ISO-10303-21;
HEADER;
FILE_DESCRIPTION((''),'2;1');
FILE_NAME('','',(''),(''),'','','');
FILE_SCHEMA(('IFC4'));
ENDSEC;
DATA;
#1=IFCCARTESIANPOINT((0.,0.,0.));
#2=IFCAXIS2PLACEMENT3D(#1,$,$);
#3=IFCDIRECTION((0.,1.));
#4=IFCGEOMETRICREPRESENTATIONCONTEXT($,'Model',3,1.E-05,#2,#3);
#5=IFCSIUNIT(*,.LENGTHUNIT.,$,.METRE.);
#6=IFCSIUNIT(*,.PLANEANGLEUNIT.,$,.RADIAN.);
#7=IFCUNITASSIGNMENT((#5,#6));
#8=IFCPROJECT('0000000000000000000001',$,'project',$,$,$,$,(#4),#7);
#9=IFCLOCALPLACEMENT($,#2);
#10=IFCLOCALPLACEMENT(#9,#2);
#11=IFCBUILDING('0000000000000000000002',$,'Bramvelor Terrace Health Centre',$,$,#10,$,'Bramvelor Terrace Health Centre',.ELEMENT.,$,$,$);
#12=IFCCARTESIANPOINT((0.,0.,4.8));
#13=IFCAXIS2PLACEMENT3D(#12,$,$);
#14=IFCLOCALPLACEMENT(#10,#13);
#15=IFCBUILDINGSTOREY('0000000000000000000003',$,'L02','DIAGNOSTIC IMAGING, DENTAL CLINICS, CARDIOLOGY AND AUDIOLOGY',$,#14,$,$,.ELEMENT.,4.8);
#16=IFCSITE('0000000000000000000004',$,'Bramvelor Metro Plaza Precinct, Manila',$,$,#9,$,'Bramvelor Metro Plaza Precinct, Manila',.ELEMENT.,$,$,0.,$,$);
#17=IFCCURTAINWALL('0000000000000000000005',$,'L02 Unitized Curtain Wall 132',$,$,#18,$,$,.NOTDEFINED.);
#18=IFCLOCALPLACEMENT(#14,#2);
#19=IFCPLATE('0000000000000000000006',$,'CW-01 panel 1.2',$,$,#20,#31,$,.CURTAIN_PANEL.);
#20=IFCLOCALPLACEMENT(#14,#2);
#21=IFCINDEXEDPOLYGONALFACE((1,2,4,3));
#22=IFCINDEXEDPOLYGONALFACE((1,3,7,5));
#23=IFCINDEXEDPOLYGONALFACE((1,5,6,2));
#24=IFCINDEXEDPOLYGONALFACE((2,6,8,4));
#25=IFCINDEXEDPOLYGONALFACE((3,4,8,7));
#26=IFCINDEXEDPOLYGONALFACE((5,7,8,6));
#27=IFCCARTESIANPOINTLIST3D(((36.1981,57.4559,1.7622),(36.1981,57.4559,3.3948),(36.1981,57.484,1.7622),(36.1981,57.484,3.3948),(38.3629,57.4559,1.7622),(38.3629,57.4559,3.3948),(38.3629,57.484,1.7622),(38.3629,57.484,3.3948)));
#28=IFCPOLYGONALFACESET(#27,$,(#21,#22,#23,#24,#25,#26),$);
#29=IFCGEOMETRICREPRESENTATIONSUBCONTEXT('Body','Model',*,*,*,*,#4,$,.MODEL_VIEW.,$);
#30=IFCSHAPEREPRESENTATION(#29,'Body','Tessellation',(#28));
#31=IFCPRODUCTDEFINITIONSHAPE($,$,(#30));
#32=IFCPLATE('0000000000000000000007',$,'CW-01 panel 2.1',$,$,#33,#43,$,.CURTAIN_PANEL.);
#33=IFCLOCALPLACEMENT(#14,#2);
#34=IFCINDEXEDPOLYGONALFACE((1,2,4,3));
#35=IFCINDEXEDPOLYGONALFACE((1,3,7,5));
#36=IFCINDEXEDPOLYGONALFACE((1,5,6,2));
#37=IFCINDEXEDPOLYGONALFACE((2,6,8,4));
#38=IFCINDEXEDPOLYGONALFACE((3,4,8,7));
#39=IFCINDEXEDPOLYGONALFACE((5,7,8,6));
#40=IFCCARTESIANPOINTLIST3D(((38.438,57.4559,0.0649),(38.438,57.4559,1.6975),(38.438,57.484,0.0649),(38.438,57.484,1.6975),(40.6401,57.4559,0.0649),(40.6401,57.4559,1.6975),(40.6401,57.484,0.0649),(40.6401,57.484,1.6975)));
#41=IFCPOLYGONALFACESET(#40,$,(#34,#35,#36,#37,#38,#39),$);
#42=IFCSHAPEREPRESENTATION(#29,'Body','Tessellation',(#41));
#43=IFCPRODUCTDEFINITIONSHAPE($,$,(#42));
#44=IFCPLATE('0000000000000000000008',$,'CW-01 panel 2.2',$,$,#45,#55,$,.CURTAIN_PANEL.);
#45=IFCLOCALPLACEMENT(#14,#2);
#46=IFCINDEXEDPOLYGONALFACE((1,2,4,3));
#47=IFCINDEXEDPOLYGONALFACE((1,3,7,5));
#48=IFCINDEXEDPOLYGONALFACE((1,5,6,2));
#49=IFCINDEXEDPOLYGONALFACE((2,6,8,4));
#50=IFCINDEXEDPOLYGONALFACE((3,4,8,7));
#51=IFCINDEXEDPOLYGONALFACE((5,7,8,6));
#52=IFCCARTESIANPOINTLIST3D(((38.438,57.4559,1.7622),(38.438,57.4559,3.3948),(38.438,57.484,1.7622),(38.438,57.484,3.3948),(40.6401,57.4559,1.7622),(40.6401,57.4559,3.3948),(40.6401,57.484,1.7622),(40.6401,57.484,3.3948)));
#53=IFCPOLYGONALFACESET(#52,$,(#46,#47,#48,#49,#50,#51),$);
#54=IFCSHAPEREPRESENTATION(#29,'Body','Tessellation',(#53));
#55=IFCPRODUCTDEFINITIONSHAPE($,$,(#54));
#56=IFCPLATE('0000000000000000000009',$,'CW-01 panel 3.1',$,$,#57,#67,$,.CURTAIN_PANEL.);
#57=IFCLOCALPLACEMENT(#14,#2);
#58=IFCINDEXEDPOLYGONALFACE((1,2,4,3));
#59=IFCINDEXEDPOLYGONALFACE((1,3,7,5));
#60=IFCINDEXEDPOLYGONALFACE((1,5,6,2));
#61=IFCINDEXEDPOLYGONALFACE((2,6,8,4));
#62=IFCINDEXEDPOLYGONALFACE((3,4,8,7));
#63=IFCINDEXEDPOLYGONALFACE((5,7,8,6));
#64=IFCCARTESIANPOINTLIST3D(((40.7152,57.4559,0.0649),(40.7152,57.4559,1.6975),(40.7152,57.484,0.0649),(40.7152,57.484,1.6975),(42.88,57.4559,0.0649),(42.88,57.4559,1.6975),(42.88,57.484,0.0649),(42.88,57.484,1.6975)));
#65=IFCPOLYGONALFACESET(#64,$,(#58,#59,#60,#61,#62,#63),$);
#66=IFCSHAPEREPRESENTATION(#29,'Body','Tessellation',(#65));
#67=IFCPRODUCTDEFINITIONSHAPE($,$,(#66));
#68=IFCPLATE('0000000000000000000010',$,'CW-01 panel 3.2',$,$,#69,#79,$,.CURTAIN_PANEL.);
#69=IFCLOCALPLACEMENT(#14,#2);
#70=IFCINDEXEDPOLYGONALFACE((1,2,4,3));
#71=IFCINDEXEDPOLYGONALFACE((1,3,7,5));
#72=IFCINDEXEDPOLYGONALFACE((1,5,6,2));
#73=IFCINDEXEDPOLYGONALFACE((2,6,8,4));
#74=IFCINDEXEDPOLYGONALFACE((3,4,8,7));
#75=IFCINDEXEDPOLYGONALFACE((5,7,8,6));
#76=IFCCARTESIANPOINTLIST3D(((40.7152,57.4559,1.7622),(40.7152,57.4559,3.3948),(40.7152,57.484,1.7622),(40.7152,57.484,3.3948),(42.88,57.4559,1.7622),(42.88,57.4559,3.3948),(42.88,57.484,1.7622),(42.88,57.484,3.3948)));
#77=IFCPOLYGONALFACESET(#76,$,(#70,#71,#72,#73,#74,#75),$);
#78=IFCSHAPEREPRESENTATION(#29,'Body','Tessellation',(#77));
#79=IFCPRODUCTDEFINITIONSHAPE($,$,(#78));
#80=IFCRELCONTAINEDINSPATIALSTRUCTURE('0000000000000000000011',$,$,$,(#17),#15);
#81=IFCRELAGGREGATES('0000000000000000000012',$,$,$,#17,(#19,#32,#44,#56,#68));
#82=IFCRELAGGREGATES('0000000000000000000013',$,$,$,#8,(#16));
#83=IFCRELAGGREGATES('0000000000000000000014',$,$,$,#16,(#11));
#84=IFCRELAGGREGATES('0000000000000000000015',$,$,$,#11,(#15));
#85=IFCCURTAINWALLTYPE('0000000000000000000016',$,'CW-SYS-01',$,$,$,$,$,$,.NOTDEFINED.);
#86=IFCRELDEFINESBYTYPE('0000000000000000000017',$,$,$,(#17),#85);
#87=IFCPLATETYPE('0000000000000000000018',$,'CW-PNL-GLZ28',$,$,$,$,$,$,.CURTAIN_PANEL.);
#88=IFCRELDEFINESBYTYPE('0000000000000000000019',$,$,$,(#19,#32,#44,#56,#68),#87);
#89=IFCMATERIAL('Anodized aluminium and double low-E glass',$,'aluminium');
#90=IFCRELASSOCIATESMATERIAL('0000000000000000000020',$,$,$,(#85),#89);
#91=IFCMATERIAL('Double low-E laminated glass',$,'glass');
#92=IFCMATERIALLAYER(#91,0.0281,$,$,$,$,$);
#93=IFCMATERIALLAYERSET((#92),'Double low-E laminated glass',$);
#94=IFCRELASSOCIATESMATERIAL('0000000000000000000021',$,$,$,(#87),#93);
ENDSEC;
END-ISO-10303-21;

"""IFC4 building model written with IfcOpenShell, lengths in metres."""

from ifc_helpers import new_model, si_unit, direction, frame, origin, origin_2d, place, context, subcontext, project, spatial, rectangle, extrude, material, layer, layer_set, type_object, element, aggregate, save


model = new_model("IFC4")

# Units and contexts
model_context = context("Model", 3, precision=1e-05, world=origin(), true_north=direction((0.0, 1.0)))
body_context = subcontext(model_context, "Body", "Model", "MODEL_VIEW")
ifc_project = project(units=[si_unit("LENGTHUNIT", "METRE"), si_unit("PLANEANGLEUNIT", "RADIAN")], contexts=[model_context])

# Site, building, storey
site_placement = place(None, origin())
site = spatial("IfcSite", under=ifc_project, at=site_placement, Name="Bramvelor Metro Plaza Precinct, Manila", LongName="Bramvelor Metro Plaza Precinct, Manila", CompositionType="ELEMENT", RefElevation=0.0)
building_placement = place(site_placement, origin())
building = spatial("IfcBuilding", under=site, at=building_placement, Name="Bramvelor Terrace Health Centre", LongName="Bramvelor Terrace Health Centre", CompositionType="ELEMENT")
storey_placement = place(building_placement, frame((0.0, 0.0, 4.8)))
storey = spatial("IfcBuildingStorey", under=building, at=storey_placement, Name="L02", Description="DIAGNOSTIC IMAGING, DENTAL CLINICS, CARDIOLOGY AND AUDIOLOGY", CompositionType="ELEMENT", Elevation=4.8)

# Curtain wall
ifc_material_1 = material(Name="Anodized aluminium and double low-E glass", Category="aluminium")
curtain_wall_type = type_object("IfcCurtainWallType", Name="CW-SYS-01", PredefinedType="NOTDEFINED", material=ifc_material_1)
curtain_wall_1_placement = place(storey_placement, origin())
curtain_wall_1 = element("IfcCurtainWall", 1, at=curtain_wall_1_placement, inside=storey, type_object=curtain_wall_type, Name="L02 Unitized Curtain Wall 132", PredefinedType="NOTDEFINED")

# Plates
ifc_material_2 = material(Name="Double low-E laminated glass", Category="glass")
ifc_layer = layer(ifc_material_2, 0.0281)
ifc_layer_set = layer_set([ifc_layer], Name="Double low-E laminated glass")
plate_type = type_object("IfcPlateType", Name="CW-PNL-GLZ28", PredefinedType="CURTAIN_PANEL", material=ifc_layer_set)
plate_1_placement = place(storey_placement, frame((37.2805, 57.47, 1.7622), z_axis=(0.0, 0.0, 1.0), x_axis=(1.0, 0.0, 0.0)))
plate_1 = element("IfcPlate", 2, at=plate_1_placement, type_object=plate_type, Name="CW-01 panel 1.2", PredefinedType="CURTAIN_PANEL", context=body_context, shape_type="SweptSolid", body=[
    extrude(rectangle(XDim=2.1648, YDim=0.0281, at=origin_2d()), origin(), (0.0, 0.0, 1.0), 1.6326),
])
plate_2_placement = place(storey_placement, frame((39.5391, 57.47, 0.0649), z_axis=(0.0, 0.0, 1.0), x_axis=(1.0, 0.0, 0.0)))
plate_2 = element("IfcPlate", 3, at=plate_2_placement, type_object=plate_type, Name="CW-01 panel 2.1", PredefinedType="CURTAIN_PANEL", context=body_context, shape_type="SweptSolid", body=[
    extrude(rectangle(XDim=2.2021, YDim=0.0281, at=origin_2d()), origin(), (0.0, 0.0, 1.0), 1.6326),
])
plate_3_placement = place(storey_placement, frame((39.5391, 57.47, 1.7622), z_axis=(0.0, 0.0, 1.0), x_axis=(1.0, 0.0, 0.0)))
plate_3 = element("IfcPlate", 4, at=plate_3_placement, type_object=plate_type, Name="CW-01 panel 2.2", PredefinedType="CURTAIN_PANEL", context=body_context, shape_type="SweptSolid", body=[
    extrude(rectangle(XDim=2.2021, YDim=0.0281, at=origin_2d()), origin(), (0.0, 0.0, 1.0), 1.6326),
])
plate_4_placement = place(storey_placement, frame((41.7976, 57.47, 0.0649), z_axis=(0.0, 0.0, 1.0), x_axis=(1.0, 0.0, 0.0)))
plate_4 = element("IfcPlate", 5, at=plate_4_placement, type_object=plate_type, Name="CW-01 panel 3.1", PredefinedType="CURTAIN_PANEL", context=body_context, shape_type="SweptSolid", body=[
    extrude(rectangle(XDim=2.1648, YDim=0.0281, at=origin_2d()), origin(), (0.0, 0.0, 1.0), 1.6326),
])
plate_5_placement = place(storey_placement, frame((41.7976, 57.47, 1.7622), z_axis=(0.0, 0.0, 1.0), x_axis=(1.0, 0.0, 0.0)))
plate_5 = element("IfcPlate", 6, at=plate_5_placement, type_object=plate_type, Name="CW-01 panel 3.2", PredefinedType="CURTAIN_PANEL", context=body_context, shape_type="SweptSolid", body=[
    extrude(rectangle(XDim=2.1648, YDim=0.0281, at=origin_2d()), origin(), (0.0, 0.0, 1.0), 1.6326),
])
aggregate(curtain_wall_1, [plate_1, plate_2, plate_3, plate_4, plate_5])

save(model, "model.ifc")
